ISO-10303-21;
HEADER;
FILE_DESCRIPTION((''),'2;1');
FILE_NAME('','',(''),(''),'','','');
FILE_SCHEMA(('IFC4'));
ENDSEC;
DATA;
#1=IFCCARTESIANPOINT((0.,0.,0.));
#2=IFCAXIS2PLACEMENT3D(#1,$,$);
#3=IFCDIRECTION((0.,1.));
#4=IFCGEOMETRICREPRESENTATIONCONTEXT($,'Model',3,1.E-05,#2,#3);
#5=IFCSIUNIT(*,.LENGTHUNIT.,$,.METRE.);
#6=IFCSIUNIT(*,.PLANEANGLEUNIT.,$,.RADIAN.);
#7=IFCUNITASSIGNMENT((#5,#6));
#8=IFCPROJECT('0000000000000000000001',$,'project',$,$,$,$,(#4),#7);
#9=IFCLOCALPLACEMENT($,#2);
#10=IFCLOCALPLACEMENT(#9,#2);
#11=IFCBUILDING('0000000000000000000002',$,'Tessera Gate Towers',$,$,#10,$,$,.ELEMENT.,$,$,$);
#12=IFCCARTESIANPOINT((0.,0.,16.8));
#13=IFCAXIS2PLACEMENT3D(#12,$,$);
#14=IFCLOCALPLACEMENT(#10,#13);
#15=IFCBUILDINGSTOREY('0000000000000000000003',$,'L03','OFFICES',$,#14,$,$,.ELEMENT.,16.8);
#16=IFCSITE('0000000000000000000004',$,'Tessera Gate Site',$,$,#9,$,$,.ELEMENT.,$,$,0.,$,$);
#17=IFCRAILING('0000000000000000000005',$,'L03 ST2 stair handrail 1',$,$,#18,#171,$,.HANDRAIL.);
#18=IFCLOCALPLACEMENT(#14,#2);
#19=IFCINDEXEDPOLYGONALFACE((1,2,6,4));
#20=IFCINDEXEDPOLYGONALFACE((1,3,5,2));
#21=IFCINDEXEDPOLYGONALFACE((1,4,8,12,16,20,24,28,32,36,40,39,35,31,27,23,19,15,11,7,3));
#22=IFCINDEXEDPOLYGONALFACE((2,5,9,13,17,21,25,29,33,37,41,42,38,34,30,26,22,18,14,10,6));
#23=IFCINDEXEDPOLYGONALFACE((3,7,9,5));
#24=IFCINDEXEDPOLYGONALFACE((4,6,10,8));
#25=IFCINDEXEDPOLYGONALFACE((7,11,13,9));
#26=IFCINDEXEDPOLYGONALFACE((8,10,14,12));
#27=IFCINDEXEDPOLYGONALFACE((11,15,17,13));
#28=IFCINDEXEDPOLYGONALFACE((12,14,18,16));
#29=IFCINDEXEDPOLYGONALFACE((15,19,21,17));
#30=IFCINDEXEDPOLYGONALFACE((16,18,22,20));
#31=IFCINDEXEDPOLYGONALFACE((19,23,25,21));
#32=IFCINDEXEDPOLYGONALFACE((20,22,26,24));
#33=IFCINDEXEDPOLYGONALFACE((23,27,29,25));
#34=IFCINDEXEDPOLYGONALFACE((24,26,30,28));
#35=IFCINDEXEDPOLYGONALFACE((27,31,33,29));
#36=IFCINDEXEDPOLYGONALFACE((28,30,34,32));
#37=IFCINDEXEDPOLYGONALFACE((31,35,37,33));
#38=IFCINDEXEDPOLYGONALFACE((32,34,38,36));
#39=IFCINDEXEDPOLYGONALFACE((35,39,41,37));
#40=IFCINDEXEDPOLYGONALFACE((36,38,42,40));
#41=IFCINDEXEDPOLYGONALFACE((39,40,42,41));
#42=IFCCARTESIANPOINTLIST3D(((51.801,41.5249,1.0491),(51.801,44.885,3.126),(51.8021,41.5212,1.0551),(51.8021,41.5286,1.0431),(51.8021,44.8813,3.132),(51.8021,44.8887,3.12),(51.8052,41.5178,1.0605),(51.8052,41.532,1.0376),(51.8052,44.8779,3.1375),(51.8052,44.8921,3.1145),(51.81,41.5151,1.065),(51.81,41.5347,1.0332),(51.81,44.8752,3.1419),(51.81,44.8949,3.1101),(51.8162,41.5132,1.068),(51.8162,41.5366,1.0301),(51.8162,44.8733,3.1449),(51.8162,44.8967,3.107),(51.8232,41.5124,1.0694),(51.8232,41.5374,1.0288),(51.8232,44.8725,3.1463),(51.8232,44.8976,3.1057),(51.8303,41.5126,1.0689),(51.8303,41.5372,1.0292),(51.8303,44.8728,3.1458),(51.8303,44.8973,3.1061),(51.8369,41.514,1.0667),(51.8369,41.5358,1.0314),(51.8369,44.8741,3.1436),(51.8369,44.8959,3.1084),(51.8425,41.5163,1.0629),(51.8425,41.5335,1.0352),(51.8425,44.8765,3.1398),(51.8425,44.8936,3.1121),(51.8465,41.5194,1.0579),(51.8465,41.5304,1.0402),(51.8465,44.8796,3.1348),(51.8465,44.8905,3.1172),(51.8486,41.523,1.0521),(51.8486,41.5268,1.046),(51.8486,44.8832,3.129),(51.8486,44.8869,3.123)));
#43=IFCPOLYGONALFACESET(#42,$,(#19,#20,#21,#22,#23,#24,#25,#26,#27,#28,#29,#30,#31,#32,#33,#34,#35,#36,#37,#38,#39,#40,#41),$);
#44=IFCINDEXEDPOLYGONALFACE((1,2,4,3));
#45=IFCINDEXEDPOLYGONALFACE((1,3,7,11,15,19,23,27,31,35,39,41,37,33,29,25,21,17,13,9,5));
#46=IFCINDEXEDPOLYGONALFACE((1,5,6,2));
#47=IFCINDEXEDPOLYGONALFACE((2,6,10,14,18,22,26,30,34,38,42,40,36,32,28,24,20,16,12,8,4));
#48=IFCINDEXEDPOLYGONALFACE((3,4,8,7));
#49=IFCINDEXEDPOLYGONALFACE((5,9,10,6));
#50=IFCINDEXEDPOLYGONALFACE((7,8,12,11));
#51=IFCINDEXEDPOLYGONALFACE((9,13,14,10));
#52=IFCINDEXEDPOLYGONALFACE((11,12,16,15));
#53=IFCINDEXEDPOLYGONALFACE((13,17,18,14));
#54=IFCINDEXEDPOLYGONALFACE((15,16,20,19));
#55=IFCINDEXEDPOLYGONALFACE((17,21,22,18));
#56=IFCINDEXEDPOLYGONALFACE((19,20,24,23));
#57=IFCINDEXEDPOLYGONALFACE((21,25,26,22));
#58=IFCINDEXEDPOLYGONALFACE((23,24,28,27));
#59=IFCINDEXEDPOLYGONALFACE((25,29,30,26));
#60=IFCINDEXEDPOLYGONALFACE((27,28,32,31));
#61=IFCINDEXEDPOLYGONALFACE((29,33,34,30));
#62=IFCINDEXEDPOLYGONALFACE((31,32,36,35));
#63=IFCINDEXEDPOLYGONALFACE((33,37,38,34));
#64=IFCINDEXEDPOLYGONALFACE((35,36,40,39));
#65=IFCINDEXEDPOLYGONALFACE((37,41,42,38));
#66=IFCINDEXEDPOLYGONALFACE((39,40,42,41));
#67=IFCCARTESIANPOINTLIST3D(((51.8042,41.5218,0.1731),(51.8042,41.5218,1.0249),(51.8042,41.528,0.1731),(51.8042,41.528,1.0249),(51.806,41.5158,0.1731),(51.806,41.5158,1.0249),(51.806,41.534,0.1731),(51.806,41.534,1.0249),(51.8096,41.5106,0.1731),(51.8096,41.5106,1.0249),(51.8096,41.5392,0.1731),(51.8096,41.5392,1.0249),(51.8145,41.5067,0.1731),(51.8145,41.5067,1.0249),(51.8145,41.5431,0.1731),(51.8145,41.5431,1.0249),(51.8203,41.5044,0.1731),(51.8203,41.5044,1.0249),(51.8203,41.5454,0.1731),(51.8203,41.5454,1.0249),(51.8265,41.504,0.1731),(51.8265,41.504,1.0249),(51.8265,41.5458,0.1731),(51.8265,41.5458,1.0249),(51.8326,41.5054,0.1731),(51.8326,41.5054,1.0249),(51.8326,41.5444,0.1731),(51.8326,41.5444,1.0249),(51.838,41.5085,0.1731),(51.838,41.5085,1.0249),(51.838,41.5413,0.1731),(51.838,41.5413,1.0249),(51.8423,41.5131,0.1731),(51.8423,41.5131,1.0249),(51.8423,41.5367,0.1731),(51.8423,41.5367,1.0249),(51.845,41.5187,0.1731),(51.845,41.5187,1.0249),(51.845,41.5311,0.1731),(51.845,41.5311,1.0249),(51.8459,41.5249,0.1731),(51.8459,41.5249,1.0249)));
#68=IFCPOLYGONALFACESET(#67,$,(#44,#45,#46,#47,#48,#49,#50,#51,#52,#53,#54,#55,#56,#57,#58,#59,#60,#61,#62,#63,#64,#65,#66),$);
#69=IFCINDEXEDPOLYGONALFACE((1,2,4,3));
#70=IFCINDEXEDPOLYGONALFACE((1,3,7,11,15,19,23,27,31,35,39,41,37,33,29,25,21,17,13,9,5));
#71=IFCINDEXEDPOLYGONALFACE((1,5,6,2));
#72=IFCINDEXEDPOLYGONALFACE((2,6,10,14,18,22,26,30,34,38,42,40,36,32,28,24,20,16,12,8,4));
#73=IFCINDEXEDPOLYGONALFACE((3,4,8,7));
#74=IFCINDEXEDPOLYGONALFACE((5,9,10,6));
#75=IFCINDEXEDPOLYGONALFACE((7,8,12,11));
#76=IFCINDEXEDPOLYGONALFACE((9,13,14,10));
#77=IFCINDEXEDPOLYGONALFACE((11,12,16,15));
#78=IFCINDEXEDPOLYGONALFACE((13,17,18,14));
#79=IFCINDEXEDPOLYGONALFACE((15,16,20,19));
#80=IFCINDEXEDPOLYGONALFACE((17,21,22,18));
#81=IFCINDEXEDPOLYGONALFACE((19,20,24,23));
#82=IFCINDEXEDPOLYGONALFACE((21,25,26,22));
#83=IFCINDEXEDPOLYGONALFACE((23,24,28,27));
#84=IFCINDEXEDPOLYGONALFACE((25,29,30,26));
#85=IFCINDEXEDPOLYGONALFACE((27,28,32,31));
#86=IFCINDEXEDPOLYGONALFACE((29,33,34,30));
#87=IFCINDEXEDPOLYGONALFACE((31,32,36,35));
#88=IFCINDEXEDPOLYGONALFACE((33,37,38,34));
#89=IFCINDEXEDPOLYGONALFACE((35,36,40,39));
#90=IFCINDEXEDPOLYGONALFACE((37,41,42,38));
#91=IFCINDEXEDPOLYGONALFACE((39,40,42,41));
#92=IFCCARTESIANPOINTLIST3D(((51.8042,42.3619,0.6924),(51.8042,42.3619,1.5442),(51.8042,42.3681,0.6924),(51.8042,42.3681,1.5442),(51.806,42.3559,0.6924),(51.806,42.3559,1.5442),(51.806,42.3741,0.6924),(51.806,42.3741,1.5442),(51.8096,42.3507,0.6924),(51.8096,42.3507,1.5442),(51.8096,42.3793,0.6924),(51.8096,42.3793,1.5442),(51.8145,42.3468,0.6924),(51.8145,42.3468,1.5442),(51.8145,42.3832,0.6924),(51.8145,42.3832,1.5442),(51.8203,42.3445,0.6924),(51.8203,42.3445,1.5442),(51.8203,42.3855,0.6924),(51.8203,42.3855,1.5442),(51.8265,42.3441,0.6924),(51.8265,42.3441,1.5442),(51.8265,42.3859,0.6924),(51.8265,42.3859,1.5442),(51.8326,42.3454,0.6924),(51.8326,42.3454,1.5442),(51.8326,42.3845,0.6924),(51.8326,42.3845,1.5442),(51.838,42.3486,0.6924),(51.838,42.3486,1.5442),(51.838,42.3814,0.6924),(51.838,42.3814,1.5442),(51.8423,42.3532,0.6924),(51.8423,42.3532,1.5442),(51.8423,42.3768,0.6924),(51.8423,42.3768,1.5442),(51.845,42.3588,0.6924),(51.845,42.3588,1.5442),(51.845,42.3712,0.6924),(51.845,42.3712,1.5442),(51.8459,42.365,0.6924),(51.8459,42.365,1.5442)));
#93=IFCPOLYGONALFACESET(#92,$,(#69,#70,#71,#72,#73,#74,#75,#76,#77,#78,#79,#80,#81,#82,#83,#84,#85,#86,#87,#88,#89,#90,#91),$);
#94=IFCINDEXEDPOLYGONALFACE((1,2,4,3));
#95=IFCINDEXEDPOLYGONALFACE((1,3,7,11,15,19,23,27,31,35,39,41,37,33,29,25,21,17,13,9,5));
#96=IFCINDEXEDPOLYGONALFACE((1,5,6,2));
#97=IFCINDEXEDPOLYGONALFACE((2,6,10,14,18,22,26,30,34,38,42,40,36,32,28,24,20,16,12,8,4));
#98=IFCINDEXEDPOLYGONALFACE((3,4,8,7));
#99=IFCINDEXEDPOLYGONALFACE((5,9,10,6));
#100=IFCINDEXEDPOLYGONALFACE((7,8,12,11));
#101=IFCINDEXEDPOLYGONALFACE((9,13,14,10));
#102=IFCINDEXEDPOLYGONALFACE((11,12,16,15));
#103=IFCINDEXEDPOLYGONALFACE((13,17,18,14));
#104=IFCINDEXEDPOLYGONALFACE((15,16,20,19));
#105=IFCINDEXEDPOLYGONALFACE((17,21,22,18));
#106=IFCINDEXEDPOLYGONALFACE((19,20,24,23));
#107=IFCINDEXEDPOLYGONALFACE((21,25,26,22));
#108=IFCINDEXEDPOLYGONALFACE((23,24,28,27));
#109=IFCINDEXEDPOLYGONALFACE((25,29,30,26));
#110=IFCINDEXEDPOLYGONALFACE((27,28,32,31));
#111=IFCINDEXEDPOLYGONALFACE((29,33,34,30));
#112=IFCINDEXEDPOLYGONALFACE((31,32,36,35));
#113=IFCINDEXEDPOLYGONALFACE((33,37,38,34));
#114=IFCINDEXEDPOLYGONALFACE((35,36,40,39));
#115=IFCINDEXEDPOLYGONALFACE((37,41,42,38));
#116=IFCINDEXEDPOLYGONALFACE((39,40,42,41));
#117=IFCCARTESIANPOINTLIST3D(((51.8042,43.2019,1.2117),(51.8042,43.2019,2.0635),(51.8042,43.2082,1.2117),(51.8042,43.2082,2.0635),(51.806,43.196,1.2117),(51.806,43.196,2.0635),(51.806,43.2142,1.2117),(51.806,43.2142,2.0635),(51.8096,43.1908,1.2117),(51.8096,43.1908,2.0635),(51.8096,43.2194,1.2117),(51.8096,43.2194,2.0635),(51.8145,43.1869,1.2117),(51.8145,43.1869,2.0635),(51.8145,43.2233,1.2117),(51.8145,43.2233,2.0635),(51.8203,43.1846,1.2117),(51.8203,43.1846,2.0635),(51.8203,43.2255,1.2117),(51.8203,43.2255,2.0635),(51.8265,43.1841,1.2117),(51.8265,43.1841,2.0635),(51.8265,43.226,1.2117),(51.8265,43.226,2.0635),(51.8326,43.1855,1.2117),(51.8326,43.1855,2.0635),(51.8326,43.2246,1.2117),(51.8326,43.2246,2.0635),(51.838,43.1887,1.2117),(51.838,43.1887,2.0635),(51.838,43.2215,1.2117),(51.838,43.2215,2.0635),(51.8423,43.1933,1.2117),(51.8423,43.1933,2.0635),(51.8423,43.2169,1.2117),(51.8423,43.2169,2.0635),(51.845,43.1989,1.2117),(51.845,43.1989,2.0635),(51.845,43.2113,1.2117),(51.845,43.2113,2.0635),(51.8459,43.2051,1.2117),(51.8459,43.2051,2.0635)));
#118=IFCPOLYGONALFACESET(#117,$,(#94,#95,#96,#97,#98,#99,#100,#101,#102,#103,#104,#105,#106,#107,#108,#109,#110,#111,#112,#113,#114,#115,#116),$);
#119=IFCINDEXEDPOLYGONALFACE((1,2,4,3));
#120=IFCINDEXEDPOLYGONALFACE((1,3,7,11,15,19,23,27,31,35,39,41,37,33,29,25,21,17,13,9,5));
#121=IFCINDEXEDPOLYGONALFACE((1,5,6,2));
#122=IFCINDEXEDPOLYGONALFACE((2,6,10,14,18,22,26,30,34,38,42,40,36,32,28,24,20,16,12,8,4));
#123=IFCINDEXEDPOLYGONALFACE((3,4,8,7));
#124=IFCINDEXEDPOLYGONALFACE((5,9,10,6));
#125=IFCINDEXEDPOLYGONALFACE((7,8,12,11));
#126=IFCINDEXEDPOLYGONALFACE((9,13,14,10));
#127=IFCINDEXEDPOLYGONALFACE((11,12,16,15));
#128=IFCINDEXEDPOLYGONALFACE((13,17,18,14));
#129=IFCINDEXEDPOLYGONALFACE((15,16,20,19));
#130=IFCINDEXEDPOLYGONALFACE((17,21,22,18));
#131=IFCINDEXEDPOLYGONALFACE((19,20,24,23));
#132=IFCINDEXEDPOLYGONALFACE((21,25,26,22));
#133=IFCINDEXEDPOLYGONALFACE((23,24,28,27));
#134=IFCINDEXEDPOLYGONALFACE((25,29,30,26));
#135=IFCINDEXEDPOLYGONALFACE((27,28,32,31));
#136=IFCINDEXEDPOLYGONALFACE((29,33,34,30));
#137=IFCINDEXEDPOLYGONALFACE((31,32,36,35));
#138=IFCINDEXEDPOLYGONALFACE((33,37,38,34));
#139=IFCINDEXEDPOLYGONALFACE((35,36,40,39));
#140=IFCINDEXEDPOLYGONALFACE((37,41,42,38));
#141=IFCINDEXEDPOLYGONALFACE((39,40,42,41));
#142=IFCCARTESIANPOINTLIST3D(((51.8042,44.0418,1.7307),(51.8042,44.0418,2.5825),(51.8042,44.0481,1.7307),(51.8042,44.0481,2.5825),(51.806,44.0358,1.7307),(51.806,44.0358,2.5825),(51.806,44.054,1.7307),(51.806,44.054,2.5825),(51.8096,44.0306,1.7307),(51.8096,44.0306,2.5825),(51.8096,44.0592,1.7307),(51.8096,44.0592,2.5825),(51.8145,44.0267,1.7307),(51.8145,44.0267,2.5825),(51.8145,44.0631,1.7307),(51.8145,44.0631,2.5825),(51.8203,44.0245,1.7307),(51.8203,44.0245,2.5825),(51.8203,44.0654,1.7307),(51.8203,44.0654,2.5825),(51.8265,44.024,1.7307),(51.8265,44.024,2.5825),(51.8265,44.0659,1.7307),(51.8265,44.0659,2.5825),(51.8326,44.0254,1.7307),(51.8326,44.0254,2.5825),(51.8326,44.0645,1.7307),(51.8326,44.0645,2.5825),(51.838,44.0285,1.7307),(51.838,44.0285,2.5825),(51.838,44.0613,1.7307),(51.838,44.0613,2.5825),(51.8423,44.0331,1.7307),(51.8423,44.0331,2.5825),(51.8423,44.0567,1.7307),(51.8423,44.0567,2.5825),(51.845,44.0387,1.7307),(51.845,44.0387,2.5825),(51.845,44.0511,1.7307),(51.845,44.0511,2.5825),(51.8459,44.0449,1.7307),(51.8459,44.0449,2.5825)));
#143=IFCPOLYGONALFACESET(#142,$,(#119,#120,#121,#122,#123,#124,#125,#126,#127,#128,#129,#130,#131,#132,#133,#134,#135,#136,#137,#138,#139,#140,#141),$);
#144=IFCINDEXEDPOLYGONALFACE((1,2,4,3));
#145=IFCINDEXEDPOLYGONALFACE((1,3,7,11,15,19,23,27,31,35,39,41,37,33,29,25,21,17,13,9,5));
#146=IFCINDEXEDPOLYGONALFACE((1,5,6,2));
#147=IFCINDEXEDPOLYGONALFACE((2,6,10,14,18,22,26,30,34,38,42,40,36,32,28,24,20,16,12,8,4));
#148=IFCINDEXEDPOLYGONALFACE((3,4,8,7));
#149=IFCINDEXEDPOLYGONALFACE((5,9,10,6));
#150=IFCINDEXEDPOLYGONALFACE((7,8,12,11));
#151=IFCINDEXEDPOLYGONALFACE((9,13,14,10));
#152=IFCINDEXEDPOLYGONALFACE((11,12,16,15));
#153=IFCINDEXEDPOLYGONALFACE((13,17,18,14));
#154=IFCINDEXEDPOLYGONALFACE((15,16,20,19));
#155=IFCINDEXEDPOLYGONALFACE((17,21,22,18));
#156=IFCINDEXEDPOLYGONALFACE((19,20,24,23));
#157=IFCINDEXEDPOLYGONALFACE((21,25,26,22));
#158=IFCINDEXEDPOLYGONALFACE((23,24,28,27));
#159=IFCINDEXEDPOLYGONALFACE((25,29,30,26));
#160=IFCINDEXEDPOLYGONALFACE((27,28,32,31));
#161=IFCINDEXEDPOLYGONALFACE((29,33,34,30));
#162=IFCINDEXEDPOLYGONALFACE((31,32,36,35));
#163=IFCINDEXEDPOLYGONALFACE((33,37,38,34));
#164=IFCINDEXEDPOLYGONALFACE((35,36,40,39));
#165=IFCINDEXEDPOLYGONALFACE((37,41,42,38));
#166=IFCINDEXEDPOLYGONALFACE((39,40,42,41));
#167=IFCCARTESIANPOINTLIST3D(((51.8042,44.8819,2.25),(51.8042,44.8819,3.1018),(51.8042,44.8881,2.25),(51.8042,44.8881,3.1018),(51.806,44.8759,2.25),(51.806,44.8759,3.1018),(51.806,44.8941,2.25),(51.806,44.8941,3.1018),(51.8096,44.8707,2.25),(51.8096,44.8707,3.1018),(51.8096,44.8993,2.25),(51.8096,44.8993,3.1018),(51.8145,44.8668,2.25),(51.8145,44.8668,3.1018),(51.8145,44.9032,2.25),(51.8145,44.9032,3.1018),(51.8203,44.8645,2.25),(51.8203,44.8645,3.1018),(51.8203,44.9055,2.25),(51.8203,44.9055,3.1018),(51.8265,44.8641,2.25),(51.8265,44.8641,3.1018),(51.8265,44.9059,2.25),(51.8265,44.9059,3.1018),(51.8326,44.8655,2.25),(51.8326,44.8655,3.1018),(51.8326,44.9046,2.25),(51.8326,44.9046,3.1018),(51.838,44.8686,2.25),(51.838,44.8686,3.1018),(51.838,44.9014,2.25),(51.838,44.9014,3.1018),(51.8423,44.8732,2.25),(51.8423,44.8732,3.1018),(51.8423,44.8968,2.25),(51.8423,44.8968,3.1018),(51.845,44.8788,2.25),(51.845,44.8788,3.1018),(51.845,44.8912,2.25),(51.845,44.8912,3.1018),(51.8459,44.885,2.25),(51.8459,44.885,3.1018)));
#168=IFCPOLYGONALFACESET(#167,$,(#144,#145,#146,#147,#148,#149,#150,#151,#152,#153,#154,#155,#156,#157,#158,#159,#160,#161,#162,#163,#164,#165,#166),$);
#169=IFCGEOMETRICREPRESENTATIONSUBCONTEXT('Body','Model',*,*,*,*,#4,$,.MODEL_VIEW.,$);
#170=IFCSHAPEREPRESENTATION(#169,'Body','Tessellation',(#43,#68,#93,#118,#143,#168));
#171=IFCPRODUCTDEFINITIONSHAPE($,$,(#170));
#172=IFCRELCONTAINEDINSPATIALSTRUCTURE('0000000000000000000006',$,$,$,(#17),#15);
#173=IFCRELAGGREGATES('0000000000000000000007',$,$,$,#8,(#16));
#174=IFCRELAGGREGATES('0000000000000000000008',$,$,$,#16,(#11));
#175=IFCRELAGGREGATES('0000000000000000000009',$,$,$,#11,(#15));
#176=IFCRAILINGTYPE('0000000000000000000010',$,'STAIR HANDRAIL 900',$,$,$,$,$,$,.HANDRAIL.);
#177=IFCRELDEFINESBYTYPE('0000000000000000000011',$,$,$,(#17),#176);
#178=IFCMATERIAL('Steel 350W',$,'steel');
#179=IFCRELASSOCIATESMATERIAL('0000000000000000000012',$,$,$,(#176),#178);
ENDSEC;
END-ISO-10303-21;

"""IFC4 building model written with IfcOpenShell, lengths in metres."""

from ifc_helpers import new_model, si_unit, direction, frame, origin, origin_2d, place, context, subcontext, project, spatial, circle, extrude, material, type_object, element, save


model = new_model("IFC4")

# Units and contexts
model_context = context("Model", 3, precision=1e-05, world=origin(), true_north=direction((0.0, 1.0)))
body_context = subcontext(model_context, "Body", "Model", "MODEL_VIEW")
ifc_project = project(units=[si_unit("LENGTHUNIT", "METRE"), si_unit("PLANEANGLEUNIT", "RADIAN")], contexts=[model_context])

# Site, building, storey
site_placement = place(None, origin())
site = spatial("IfcSite", under=ifc_project, at=site_placement, Name="Tessera Gate Site", CompositionType="ELEMENT", RefElevation=0.0)
building_placement = place(site_placement, origin())
building = spatial("IfcBuilding", under=site, at=building_placement, Name="Tessera Gate Towers", CompositionType="ELEMENT")
storey_placement = place(building_placement, frame((0.0, 0.0, 16.8)))
storey = spatial("IfcBuildingStorey", under=building, at=storey_placement, Name="L03", Description="OFFICES", CompositionType="ELEMENT", Elevation=16.8)

# Railing
ifc_material_1 = material(Name="Steel 350W", Category="steel")
railing_type_1 = type_object("IfcRailingType", Name="STAIR HANDRAIL 900", PredefinedType="HANDRAIL", material=ifc_material_1)
railing_1_placement = place(storey_placement, frame((51.825, 41.5249, 0.1731)))
element("IfcRailing", 1, at=railing_1_placement, inside=storey, type_object=railing_type_1, Name="L03 ST2 stair handrail 1", PredefinedType="HANDRAIL", context=body_context, shape_type="SweptSolid", body=[
    extrude(circle(Radius=0.0239, at=origin_2d()), frame((0.0, 0.0, 0.876), z_axis=(0.0, 0.850623, 0.525776), x_axis=(-1.0, 0.0, 0.0)), (0.0, 0.0, 1.0), 3.9502),
    extrude(circle(Radius=0.021, at=origin_2d()), origin(), (0.0, 0.0, 1.0), 0.8518),
    extrude(circle(Radius=0.021, at=origin_2d()), frame((0.0, 0.8401, 0.5193)), (0.0, 0.0, 1.0), 0.8518),
    extrude(circle(Radius=0.021, at=origin_2d()), frame((0.0, 1.6802, 1.0386)), (0.0, 0.0, 1.0), 0.8518),
    extrude(circle(Radius=0.021, at=origin_2d()), frame((0.0, 2.52, 1.5576)), (0.0, 0.0, 1.0), 0.8518),
    extrude(circle(Radius=0.021, at=origin_2d()), frame((0.0, 3.3601, 2.0769)), (0.0, 0.0, 1.0), 0.8518),
])

save(model, "model.ifc")
